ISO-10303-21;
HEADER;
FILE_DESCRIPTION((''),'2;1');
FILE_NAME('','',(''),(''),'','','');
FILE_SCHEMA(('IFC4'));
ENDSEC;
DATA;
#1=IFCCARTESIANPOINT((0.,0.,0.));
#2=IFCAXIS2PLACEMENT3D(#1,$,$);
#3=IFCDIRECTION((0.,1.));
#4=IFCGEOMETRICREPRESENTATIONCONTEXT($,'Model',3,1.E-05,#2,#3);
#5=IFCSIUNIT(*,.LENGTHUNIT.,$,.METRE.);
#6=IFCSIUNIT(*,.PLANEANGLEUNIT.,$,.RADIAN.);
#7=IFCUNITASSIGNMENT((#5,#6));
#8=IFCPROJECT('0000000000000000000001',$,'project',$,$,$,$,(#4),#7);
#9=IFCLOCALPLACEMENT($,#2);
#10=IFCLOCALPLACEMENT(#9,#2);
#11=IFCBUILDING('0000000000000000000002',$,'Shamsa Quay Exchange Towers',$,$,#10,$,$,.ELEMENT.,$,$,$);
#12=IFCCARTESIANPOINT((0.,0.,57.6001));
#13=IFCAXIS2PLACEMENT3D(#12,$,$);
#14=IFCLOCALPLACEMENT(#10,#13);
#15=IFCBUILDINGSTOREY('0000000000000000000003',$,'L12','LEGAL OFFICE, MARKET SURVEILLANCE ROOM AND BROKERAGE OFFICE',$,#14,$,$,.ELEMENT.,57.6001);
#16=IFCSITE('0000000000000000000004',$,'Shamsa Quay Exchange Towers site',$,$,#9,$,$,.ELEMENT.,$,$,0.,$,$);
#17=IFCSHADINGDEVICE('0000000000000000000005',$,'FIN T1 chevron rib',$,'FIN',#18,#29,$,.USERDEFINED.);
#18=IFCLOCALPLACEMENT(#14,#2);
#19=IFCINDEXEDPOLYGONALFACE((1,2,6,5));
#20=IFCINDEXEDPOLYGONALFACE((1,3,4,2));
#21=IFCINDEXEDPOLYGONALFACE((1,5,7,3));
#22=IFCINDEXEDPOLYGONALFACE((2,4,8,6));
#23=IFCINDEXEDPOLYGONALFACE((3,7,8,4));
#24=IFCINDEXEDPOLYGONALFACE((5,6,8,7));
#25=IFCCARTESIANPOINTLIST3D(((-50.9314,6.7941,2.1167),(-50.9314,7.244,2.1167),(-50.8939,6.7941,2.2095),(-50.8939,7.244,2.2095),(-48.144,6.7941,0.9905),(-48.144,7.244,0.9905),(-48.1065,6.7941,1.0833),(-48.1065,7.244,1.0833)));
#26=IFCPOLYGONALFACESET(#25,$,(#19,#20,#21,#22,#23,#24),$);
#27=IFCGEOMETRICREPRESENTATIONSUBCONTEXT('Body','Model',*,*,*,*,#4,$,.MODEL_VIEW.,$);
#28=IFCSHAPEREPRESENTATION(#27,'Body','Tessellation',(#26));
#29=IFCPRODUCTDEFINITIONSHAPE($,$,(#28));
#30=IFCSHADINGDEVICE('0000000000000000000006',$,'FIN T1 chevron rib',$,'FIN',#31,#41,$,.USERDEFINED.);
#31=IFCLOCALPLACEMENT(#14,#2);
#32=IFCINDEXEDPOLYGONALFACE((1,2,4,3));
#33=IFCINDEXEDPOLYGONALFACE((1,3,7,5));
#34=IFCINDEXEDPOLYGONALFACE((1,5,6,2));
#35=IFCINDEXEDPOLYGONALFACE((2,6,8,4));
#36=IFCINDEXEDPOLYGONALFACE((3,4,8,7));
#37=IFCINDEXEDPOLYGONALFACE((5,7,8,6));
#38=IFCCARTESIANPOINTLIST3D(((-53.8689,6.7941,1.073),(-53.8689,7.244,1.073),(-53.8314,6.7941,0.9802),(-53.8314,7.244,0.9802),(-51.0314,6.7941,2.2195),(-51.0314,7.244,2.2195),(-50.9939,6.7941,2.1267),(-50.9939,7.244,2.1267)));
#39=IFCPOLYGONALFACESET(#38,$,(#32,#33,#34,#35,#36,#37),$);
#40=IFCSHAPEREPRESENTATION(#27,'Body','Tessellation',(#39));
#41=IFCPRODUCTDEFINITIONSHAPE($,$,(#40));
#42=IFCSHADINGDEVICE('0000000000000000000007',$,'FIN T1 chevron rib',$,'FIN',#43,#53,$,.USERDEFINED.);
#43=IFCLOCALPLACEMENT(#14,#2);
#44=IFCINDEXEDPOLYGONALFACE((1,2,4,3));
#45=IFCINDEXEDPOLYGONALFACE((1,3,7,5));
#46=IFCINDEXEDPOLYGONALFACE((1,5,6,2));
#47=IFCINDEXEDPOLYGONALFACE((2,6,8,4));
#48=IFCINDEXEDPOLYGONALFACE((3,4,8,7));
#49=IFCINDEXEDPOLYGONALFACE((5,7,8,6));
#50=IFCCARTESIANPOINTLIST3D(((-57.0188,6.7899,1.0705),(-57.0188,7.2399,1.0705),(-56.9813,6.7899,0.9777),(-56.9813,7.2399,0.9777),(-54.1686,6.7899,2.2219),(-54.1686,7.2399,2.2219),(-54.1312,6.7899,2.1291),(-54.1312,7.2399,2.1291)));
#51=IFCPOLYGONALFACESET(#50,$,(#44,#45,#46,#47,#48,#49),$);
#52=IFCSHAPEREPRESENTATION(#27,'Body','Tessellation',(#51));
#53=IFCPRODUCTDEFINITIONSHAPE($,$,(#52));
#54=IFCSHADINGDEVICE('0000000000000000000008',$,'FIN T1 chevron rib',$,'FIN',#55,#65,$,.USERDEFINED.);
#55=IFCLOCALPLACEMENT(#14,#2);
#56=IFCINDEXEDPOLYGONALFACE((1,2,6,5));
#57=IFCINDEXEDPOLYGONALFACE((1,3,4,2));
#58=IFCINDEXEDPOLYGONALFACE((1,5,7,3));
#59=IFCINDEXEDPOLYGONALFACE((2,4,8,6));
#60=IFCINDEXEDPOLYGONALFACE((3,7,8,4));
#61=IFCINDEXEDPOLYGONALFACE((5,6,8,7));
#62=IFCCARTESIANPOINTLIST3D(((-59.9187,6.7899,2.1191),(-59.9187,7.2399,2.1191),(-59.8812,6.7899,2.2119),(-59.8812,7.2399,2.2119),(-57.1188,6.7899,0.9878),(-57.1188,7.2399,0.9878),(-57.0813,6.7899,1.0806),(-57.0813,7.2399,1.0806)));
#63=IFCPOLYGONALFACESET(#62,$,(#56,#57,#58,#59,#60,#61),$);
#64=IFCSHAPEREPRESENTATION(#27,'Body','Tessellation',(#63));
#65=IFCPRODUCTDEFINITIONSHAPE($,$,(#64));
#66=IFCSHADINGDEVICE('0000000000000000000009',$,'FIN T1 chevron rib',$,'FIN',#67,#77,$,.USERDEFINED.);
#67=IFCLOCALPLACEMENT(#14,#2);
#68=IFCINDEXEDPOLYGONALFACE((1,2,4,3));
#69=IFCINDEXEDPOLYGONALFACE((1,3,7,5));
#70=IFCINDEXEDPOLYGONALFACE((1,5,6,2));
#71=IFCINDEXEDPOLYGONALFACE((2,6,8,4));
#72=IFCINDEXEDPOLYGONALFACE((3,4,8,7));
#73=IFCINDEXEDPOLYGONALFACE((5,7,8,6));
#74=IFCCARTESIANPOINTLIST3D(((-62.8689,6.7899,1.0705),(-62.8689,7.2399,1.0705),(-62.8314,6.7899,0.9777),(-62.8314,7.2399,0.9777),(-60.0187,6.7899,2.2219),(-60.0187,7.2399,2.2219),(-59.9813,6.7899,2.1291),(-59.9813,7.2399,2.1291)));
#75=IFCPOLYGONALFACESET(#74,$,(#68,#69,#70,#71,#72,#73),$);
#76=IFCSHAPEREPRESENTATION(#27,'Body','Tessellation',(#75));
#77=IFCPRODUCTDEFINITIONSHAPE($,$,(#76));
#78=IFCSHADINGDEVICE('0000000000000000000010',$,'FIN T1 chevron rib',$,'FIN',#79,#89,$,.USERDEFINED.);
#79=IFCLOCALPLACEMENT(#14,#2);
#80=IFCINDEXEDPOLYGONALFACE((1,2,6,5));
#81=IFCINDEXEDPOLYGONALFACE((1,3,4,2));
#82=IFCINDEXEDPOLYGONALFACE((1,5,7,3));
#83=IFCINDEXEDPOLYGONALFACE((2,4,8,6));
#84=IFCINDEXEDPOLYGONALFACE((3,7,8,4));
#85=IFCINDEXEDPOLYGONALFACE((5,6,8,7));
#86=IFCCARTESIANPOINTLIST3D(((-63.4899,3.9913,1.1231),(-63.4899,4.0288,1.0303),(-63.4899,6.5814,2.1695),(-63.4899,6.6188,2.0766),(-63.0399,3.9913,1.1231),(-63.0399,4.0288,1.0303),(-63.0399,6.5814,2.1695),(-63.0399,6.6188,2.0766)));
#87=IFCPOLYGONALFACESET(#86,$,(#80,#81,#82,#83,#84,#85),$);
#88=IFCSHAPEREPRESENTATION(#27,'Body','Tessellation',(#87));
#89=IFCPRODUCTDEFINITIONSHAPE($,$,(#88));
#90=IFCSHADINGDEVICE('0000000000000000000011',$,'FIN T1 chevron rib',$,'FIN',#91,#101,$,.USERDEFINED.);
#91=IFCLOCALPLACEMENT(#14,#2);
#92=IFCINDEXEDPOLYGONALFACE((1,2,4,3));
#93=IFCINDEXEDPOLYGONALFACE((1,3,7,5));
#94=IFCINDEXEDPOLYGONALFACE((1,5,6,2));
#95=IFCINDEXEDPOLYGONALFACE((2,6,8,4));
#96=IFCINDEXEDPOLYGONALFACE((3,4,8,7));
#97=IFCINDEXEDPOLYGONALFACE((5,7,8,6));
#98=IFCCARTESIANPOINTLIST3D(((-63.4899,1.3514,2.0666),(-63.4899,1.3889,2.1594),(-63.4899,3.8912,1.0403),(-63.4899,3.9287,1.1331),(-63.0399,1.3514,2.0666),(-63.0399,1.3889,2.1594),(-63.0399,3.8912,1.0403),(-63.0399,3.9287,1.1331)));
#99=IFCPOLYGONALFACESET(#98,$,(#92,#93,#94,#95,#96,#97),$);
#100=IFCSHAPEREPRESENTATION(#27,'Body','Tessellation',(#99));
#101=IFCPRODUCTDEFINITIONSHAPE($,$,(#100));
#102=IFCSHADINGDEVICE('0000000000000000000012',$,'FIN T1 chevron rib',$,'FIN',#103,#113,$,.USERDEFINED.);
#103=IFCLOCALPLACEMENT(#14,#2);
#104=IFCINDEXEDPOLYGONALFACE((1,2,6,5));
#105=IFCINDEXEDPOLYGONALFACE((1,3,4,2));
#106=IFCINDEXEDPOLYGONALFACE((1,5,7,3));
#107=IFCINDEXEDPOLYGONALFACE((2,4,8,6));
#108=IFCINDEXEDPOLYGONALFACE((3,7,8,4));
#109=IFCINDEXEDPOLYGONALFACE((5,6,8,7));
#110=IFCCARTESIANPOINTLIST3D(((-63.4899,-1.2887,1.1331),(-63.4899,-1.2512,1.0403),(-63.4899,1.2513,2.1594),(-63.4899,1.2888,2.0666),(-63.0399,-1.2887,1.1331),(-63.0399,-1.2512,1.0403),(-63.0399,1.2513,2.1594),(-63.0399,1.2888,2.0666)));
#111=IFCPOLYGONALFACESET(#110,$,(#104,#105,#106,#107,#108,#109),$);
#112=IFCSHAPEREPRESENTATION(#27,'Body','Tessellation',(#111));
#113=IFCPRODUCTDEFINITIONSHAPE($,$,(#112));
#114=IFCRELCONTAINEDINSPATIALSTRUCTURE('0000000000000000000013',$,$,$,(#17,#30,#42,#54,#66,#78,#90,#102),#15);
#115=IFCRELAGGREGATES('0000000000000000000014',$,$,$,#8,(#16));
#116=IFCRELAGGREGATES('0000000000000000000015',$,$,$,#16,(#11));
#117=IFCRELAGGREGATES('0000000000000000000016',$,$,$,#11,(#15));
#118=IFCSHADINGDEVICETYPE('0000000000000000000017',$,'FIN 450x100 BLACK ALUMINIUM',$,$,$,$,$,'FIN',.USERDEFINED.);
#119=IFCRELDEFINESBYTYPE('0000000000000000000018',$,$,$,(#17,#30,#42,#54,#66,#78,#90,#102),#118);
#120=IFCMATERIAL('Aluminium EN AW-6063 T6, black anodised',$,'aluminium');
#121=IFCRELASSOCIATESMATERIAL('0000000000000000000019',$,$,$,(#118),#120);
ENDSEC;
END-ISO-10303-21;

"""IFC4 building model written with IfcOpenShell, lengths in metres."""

from ifc_helpers import new_model, si_unit, direction, frame, origin, origin_2d, place, context, subcontext, project, spatial, rectangle, extrude, material, material_profile, profile_set, type_object, element, save


model = new_model("IFC4")

# Units and contexts
model_context = context("Model", 3, precision=1e-05, world=origin(), true_north=direction((0.0, 1.0)))
body_context = subcontext(model_context, "Body", "Model", "MODEL_VIEW")
ifc_project = project(units=[si_unit("LENGTHUNIT", "METRE"), si_unit("PLANEANGLEUNIT", "RADIAN")], contexts=[model_context])

# Site, building, storey
site_placement = place(None, origin())
site = spatial("IfcSite", under=ifc_project, at=site_placement, Name="Shamsa Quay Exchange Towers site", CompositionType="ELEMENT", RefElevation=0.0)
building_placement = place(site_placement, origin())
building = spatial("IfcBuilding", under=site, at=building_placement, Name="Shamsa Quay Exchange Towers", CompositionType="ELEMENT")
storey_placement = place(building_placement, frame((0.0, 0.0, 57.6001)))
storey = spatial("IfcBuildingStorey", under=building, at=storey_placement, Name="L12", Description="LEGAL OFFICE, MARKET SURVEILLANCE ROOM AND BROKERAGE OFFICE", CompositionType="ELEMENT", Elevation=57.6001)

# Shared definitions
ifc_material_1 = material(Name="Aluminium EN AW-6063 T6, black anodised", Category="aluminium")

# Shading devices
ifc_material_profile_1 = material_profile(ifc_material_1, rectangle(XDim=0.45, YDim=0.1001, at=origin_2d()), Name="FIN450x100")
ifc_profile_set_1 = profile_set([ifc_material_profile_1], Name="Aluminium EN AW-6063 T6, black anodised")
shading_device_type = type_object("IfcShadingDeviceType", Name="FIN 450x100 BLACK ALUMINIUM", ElementType="FIN", PredefinedType="USERDEFINED", material=ifc_profile_set_1)
shading_device_1_placement = place(storey_placement, frame((-48.1252, 7.019, 1.0369), z_axis=(-0.927177, 0.0, 0.374623), x_axis=(0.0, -1.0, 0.0)))
element("IfcShadingDevice", 1, at=shading_device_1_placement, inside=storey, type_object=shading_device_type, Name="FIN T1 chevron rib", ObjectType="FIN", PredefinedType="USERDEFINED", context=body_context, shape_type="SweptSolid", body=[
    extrude(rectangle(XDim=0.45, YDim=0.1001, at=origin_2d()), origin(), (0.0, 0.0, 1.0), 3.0063),
])
shading_device_2_placement = place(storey_placement, frame((-51.0127, 7.019, 2.1731), z_axis=(-0.927173, 0.0, -0.374635), x_axis=(0.0, -1.0, 0.0)))
element("IfcShadingDevice", 2, at=shading_device_2_placement, inside=storey, type_object=shading_device_type, Name="FIN T1 chevron rib", ObjectType="FIN", PredefinedType="USERDEFINED", context=body_context, shape_type="SweptSolid", body=[
    extrude(rectangle(XDim=0.45, YDim=0.1001, at=origin_2d()), origin(), (0.0, 0.0, 1.0), 3.0603),
])
shading_device_3_placement = place(storey_placement, frame((-54.1499, 7.0149, 2.1755), z_axis=(-0.9272, 0.0, -0.374565), x_axis=(0.0, -1.0, 0.0)))
element("IfcShadingDevice", 3, at=shading_device_3_placement, inside=storey, type_object=shading_device_type, Name="FIN T1 chevron rib", ObjectType="FIN", PredefinedType="USERDEFINED", context=body_context, shape_type="SweptSolid", body=[
    extrude(rectangle(XDim=0.45, YDim=0.1001, at=origin_2d()), origin(), (0.0, 0.0, 1.0), 3.074),
])
shading_device_4_placement = place(storey_placement, frame((-57.1001, 7.0149, 1.0342), z_axis=(-0.927166, 0.0, 0.37465), x_axis=(0.0, -1.0, 0.0)))
element("IfcShadingDevice", 4, at=shading_device_4_placement, inside=storey, type_object=shading_device_type, Name="FIN T1 chevron rib", ObjectType="FIN", PredefinedType="USERDEFINED", context=body_context, shape_type="SweptSolid", body=[
    extrude(rectangle(XDim=0.45, YDim=0.1001, at=origin_2d()), origin(), (0.0, 0.0, 1.0), 3.0198),
])
shading_device_5_placement = place(storey_placement, frame((-60.0, 7.0149, 2.1755), z_axis=(-0.9272, 0.0, -0.374565), x_axis=(0.0, -1.0, 0.0)))
element("IfcShadingDevice", 5, at=shading_device_5_placement, inside=storey, type_object=shading_device_type, Name="FIN T1 chevron rib", ObjectType="FIN", PredefinedType="USERDEFINED", context=body_context, shape_type="SweptSolid", body=[
    extrude(rectangle(XDim=0.45, YDim=0.1001, at=origin_2d()), origin(), (0.0, 0.0, 1.0), 3.074),
])
shading_device_6_placement = place(storey_placement, frame((-63.2649, 6.6001, 2.123), z_axis=(0.0, -0.927193, -0.374583), x_axis=(1.0, 0.0, 0.0)))
element("IfcShadingDevice", 6, at=shading_device_6_placement, inside=storey, type_object=shading_device_type, Name="FIN T1 chevron rib", ObjectType="FIN", PredefinedType="USERDEFINED", context=body_context, shape_type="SweptSolid", body=[
    extrude(rectangle(XDim=0.45, YDim=0.1001, at=origin_2d()), origin(), (0.0, 0.0, 1.0), 2.7935),
])
shading_device_7_placement = place(storey_placement, frame((-63.2649, 3.9099, 1.0867), z_axis=(0.0, -0.927156, 0.374677), x_axis=(1.0, 0.0, 0.0)))
element("IfcShadingDevice", 7, at=shading_device_7_placement, inside=storey, type_object=shading_device_type, Name="FIN T1 chevron rib", ObjectType="FIN", PredefinedType="USERDEFINED", context=body_context, shape_type="SweptSolid", body=[
    extrude(rectangle(XDim=0.45, YDim=0.1001, at=origin_2d()), origin(), (0.0, 0.0, 1.0), 2.7393),
])
shading_device_8_placement = place(storey_placement, frame((-63.2649, 1.27, 2.113), z_axis=(0.0, -0.927168, -0.374646), x_axis=(1.0, 0.0, 0.0)))
element("IfcShadingDevice", 8, at=shading_device_8_placement, inside=storey, type_object=shading_device_type, Name="FIN T1 chevron rib", ObjectType="FIN", PredefinedType="USERDEFINED", context=body_context, shape_type="SweptSolid", body=[
    extrude(rectangle(XDim=0.45, YDim=0.1001, at=origin_2d()), origin(), (0.0, 0.0, 1.0), 2.7395),
])

save(model, "model.ifc")
